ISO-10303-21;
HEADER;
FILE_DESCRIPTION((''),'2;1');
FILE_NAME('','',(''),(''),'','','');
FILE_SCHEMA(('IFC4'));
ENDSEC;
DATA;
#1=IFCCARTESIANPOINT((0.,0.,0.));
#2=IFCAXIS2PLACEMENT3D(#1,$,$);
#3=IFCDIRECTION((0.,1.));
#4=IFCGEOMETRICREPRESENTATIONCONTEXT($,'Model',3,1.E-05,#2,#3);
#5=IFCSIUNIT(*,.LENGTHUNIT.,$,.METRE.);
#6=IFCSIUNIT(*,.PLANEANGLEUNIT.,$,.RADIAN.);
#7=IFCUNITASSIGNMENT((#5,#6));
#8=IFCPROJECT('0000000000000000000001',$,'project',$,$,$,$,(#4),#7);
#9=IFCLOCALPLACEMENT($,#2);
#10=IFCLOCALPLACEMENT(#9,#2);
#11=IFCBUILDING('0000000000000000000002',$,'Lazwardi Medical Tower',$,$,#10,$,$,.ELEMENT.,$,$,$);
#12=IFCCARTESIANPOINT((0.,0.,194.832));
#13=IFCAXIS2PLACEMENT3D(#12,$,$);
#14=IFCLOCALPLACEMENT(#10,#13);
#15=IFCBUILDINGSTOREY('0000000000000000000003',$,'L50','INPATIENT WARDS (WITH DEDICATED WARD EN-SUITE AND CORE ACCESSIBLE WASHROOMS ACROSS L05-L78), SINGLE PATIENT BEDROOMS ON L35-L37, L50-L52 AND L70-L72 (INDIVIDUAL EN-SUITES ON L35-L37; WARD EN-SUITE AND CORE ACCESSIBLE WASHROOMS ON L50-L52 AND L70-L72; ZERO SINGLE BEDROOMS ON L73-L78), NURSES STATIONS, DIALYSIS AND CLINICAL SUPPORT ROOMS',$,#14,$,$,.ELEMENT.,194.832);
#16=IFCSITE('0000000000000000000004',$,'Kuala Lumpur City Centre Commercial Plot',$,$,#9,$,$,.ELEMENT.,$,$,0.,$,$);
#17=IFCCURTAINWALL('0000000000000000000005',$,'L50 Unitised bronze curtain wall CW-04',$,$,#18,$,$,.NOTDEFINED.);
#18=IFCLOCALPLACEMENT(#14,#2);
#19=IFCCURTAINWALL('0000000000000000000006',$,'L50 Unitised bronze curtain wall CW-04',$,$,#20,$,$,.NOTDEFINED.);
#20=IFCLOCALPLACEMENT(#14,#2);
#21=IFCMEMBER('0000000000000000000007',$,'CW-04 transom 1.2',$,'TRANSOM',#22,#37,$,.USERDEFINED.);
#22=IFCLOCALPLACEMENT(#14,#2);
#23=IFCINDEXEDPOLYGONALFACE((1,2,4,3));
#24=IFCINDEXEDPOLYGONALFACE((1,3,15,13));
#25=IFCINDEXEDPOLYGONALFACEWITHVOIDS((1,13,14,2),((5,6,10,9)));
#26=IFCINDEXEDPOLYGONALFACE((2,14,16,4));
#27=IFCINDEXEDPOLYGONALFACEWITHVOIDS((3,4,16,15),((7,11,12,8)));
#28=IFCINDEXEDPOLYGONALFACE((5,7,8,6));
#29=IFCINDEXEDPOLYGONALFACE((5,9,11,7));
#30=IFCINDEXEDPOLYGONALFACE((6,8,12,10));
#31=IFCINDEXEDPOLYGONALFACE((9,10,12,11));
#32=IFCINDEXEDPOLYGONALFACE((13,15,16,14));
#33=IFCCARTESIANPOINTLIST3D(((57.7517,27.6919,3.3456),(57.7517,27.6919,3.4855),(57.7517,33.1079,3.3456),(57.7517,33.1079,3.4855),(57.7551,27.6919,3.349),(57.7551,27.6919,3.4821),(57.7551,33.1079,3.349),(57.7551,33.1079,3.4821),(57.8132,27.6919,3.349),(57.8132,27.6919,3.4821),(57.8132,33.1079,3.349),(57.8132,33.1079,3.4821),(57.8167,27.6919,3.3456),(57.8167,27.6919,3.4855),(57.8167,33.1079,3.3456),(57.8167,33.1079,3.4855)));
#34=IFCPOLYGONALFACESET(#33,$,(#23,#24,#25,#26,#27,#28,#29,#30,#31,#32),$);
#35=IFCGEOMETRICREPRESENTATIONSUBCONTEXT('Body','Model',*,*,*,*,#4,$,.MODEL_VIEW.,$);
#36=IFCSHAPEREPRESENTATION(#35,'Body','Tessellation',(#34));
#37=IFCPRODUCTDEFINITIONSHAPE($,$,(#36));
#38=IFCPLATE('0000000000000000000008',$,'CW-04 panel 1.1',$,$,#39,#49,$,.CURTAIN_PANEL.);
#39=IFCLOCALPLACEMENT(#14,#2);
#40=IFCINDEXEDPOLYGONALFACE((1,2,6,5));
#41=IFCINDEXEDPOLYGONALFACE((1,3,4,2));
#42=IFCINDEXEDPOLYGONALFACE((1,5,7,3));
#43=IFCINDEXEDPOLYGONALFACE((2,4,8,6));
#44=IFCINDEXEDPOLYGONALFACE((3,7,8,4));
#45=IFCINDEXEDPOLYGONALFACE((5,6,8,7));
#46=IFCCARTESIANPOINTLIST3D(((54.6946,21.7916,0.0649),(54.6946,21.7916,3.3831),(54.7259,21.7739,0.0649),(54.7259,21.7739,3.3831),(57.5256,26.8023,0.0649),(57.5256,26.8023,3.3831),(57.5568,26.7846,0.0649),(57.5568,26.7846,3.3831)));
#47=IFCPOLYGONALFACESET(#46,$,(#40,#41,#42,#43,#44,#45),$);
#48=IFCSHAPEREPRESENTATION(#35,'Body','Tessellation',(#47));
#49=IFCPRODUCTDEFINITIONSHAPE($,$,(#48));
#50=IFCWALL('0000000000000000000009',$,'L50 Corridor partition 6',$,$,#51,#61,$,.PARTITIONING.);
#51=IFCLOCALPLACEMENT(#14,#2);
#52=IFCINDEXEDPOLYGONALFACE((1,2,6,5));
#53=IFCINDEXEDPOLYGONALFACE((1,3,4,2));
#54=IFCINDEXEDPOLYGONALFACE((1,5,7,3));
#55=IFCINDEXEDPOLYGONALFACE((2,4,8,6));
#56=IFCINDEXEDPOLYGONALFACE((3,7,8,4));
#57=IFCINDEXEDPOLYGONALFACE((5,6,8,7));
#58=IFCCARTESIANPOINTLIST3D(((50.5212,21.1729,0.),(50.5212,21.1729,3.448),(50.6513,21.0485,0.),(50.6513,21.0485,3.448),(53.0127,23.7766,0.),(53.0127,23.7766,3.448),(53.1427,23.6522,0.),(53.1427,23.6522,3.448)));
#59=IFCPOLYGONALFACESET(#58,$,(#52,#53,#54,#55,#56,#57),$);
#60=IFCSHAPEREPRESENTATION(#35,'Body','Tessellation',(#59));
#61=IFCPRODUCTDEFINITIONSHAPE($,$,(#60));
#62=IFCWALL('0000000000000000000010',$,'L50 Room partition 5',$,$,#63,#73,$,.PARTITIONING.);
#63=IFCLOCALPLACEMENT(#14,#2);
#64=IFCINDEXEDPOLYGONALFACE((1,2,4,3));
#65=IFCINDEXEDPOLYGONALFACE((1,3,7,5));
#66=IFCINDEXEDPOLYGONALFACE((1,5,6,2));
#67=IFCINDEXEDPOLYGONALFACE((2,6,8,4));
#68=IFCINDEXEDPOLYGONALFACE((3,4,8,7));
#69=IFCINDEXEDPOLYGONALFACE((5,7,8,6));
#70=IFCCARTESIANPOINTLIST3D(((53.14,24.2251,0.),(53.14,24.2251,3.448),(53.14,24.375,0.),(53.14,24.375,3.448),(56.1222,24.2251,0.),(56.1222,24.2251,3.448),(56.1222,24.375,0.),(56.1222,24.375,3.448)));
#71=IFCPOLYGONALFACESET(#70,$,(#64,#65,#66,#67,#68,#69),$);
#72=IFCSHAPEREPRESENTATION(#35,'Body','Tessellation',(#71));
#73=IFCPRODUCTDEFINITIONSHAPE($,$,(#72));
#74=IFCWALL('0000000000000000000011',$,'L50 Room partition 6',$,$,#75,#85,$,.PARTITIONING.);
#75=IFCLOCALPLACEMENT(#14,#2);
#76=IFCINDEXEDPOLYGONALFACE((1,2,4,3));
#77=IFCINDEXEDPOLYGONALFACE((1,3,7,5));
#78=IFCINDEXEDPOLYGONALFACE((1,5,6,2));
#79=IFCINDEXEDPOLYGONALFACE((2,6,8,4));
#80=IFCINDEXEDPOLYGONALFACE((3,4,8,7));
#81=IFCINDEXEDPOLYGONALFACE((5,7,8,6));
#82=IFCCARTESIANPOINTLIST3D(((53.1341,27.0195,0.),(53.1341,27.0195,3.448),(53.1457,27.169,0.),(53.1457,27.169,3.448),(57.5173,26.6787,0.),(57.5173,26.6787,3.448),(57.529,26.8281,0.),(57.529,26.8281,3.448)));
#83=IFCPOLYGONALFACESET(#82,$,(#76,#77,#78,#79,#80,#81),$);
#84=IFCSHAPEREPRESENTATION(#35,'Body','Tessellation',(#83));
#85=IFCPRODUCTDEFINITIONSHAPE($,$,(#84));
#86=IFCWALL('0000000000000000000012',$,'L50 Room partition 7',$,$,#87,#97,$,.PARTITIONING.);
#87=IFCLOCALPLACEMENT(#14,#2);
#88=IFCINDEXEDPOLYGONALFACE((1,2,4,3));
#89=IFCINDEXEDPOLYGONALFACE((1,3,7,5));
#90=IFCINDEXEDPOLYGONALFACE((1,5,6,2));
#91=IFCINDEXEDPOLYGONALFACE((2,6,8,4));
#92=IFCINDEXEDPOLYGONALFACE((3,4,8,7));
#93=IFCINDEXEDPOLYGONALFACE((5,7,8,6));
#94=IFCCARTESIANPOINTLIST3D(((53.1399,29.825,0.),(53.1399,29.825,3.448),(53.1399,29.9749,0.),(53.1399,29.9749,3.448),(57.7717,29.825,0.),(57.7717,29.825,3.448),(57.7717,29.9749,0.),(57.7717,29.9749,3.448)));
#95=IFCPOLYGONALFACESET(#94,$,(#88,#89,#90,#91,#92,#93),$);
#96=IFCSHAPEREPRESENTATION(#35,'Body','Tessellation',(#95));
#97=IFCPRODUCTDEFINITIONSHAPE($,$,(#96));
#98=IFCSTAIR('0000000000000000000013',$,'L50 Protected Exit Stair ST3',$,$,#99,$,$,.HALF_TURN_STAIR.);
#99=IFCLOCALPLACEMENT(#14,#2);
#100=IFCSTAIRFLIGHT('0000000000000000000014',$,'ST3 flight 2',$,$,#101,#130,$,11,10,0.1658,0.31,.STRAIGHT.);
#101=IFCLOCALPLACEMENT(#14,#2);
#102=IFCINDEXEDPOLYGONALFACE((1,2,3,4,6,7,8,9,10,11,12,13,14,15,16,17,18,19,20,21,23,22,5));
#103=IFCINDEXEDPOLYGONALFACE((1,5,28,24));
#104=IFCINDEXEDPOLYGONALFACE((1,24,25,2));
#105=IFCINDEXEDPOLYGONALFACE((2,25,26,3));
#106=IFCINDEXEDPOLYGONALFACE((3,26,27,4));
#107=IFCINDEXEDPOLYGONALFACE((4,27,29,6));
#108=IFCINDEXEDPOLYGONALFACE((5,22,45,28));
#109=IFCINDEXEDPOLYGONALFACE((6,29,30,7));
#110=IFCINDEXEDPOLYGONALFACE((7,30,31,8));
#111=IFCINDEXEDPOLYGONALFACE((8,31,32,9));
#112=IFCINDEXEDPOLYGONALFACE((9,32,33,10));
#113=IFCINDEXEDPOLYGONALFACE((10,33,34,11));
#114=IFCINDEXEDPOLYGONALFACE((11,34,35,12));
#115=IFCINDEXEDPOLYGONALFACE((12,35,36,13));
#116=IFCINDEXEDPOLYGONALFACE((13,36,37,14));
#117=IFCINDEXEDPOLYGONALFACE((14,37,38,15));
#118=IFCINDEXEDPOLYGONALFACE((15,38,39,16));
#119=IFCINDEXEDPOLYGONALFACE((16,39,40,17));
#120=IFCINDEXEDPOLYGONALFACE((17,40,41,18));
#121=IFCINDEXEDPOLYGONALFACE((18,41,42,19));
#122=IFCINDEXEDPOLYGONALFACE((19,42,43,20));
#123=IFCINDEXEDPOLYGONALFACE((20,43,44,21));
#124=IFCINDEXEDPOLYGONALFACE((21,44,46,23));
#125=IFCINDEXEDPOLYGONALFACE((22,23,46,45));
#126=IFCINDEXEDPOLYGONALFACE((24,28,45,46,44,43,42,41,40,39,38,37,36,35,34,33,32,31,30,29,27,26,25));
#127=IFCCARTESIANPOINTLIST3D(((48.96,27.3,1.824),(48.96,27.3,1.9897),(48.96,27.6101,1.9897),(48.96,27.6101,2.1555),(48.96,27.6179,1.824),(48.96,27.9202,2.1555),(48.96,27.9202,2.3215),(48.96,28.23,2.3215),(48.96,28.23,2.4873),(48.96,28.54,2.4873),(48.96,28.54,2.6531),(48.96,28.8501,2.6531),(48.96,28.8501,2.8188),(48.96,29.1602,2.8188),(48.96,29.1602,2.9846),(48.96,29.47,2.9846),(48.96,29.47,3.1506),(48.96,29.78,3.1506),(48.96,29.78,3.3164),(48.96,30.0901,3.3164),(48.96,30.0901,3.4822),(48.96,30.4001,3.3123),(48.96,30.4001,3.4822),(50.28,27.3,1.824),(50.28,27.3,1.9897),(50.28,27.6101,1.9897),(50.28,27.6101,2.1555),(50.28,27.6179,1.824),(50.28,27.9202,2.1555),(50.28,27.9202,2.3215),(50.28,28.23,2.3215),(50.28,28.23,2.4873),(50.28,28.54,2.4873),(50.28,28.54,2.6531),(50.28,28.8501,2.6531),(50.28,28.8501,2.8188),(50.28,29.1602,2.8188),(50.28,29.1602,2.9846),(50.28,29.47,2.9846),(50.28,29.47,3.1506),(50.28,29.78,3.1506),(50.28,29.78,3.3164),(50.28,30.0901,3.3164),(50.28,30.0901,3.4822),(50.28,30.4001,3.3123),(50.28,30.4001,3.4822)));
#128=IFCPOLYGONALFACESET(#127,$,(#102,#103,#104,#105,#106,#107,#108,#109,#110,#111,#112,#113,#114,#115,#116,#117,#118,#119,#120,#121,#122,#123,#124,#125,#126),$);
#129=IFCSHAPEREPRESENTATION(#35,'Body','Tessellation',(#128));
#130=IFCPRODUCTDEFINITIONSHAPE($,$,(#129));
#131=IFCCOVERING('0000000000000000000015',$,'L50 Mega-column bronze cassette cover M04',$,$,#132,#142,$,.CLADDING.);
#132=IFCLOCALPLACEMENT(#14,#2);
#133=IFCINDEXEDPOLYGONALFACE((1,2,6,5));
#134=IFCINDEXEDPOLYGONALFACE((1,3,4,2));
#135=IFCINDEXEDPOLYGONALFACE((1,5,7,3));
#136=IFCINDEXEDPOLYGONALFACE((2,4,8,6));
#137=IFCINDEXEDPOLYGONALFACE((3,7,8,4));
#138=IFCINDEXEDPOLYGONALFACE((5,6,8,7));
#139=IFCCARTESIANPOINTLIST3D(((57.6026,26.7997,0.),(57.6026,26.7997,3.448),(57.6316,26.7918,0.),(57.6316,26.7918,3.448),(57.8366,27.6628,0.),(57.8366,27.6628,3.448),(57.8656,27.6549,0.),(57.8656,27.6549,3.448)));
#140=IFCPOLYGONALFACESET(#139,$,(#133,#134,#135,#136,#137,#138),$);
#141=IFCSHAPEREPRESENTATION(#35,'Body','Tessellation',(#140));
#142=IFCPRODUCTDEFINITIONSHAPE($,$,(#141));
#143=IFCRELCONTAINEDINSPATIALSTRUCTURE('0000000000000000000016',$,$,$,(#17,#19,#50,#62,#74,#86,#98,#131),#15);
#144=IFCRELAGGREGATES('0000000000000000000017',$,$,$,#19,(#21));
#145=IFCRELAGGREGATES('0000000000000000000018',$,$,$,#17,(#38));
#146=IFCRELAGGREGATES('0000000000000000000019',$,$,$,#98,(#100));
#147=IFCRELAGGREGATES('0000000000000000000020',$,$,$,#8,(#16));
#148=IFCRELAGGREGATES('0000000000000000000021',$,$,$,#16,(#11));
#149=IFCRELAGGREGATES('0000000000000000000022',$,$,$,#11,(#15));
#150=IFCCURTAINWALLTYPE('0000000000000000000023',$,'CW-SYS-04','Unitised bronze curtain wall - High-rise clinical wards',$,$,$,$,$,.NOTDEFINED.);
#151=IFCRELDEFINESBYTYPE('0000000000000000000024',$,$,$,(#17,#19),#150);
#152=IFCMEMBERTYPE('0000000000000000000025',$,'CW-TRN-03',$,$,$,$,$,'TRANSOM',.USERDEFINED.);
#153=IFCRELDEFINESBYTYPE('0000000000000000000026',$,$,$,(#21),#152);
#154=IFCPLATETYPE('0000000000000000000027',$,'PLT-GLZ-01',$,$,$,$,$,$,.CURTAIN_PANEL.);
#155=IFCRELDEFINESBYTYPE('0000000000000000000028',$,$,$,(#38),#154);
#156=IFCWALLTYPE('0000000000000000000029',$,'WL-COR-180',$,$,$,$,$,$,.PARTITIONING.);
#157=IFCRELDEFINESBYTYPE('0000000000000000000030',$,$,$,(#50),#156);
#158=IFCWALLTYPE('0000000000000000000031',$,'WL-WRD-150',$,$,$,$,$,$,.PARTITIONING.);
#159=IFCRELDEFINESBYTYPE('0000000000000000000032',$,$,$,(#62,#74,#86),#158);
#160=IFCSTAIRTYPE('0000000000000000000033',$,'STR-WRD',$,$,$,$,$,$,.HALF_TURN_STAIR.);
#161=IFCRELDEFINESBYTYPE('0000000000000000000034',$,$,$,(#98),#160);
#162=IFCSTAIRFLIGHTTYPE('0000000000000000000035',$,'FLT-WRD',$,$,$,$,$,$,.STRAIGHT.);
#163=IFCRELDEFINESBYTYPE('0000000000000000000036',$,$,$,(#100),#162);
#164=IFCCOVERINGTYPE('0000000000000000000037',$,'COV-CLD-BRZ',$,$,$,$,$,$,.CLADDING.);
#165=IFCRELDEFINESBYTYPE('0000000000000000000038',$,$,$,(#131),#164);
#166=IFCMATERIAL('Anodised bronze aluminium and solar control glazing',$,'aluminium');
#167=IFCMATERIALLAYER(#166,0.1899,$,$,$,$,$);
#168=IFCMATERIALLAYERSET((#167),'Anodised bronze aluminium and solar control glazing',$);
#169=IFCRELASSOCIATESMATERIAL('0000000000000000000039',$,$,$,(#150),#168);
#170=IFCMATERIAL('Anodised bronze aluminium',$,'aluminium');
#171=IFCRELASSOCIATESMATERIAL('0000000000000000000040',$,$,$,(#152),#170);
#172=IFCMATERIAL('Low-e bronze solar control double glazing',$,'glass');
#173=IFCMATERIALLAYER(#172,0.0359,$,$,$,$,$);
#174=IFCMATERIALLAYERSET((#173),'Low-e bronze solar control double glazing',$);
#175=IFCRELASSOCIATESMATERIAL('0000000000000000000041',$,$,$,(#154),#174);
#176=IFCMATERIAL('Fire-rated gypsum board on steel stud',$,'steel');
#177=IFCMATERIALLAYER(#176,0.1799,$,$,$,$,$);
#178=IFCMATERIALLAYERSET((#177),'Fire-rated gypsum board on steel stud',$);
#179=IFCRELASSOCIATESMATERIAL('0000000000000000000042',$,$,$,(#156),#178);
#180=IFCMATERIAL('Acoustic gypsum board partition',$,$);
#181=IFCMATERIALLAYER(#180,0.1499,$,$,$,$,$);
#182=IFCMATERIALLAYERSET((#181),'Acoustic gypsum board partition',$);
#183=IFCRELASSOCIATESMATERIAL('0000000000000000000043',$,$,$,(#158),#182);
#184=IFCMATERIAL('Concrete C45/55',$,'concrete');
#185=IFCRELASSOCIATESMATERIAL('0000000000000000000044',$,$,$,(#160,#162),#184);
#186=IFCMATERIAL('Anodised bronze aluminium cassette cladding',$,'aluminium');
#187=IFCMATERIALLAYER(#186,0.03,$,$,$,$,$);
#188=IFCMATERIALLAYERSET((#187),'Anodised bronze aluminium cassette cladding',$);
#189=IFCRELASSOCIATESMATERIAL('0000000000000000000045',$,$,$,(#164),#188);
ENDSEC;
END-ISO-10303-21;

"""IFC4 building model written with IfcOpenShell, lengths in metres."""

from ifc_helpers import new_model, si_unit, direction, frame, frame_2d, origin, origin_2d, place, context, subcontext, project, spatial, polyline, rectangle, hollow_rectangle, outline, extrude, material, layer, layer_set, material_profile, profile_set, type_object, element, aggregate, save


model = new_model("IFC4")

# Units and contexts
model_context = context("Model", 3, precision=1e-05, world=origin(), true_north=direction((0.0, 1.0)))
body_context = subcontext(model_context, "Body", "Model", "MODEL_VIEW")
ifc_project = project(units=[si_unit("LENGTHUNIT", "METRE"), si_unit("PLANEANGLEUNIT", "RADIAN")], contexts=[model_context])

# Site, building, storey
site_placement = place(None, origin())
site = spatial("IfcSite", under=ifc_project, at=site_placement, Name="Kuala Lumpur City Centre Commercial Plot", CompositionType="ELEMENT", RefElevation=0.0)
building_placement = place(site_placement, origin())
building = spatial("IfcBuilding", under=site, at=building_placement, Name="Lazwardi Medical Tower", CompositionType="ELEMENT")
storey_placement = place(building_placement, frame((0.0, 0.0, 194.832)))
storey = spatial("IfcBuildingStorey", under=building, at=storey_placement, Name="L50", Description="INPATIENT WARDS (WITH DEDICATED WARD EN-SUITE AND CORE ACCESSIBLE WASHROOMS ACROSS L05-L78), SINGLE PATIENT BEDROOMS ON L35-L37, L50-L52 AND L70-L72 (INDIVIDUAL EN-SUITES ON L35-L37; WARD EN-SUITE AND CORE ACCESSIBLE WASHROOMS ON L50-L52 AND L70-L72; ZERO SINGLE BEDROOMS ON L73-L78), NURSES STATIONS, DIALYSIS AND CLINICAL SUPPORT ROOMS", CompositionType="ELEMENT", Elevation=194.832)

# Curtain wall
ifc_material_1 = material(Name="Anodised bronze aluminium and solar control glazing", Category="aluminium")
ifc_layer_1 = layer(ifc_material_1, 0.1899)
ifc_layer_set_1 = layer_set([ifc_layer_1], Name="Anodised bronze aluminium and solar control glazing")
curtain_wall_type = type_object("IfcCurtainWallType", Name="CW-SYS-04", Description="Unitised bronze curtain wall - High-rise clinical wards", PredefinedType="NOTDEFINED", material=ifc_layer_set_1)
curtain_wall_1_placement = place(storey_placement, origin())
curtain_wall_1 = element("IfcCurtainWall", 1, at=curtain_wall_1_placement, inside=storey, type_object=curtain_wall_type, Name="L50 Unitised bronze curtain wall CW-04", PredefinedType="NOTDEFINED")
ifc_material_2 = material(Name="Anodised bronze aluminium", Category="aluminium")

# Curtain wall, member
curtain_wall_2_placement = place(storey_placement, origin())
curtain_wall_2 = element("IfcCurtainWall", 2, at=curtain_wall_2_placement, inside=storey, type_object=curtain_wall_type, Name="L50 Unitised bronze curtain wall CW-04", PredefinedType="NOTDEFINED")
ifc_material_profile_1 = material_profile(ifc_material_2, hollow_rectangle(XDim=0.0649, YDim=0.1399, WallThickness=0.0034, at=origin_2d()), Name="ALU-TRANSOM 140x65x3.5")
ifc_profile_set_1 = profile_set([ifc_material_profile_1], Name="Anodised bronze aluminium")
member_type_1 = type_object("IfcMemberType", Name="CW-TRN-03", ElementType="TRANSOM", PredefinedType="USERDEFINED", material=ifc_profile_set_1)
member_1_placement = place(storey_placement, frame((57.7842, 27.6919, 3.4155), z_axis=(0.0, 1.0, 0.0), x_axis=(-1.0, 0.0, 0.0)))
member_1 = element("IfcMember", 3, at=member_1_placement, type_object=member_type_1, Name="CW-04 transom 1.2", ObjectType="TRANSOM", PredefinedType="USERDEFINED", context=body_context, shape_type="SweptSolid", body=[
    extrude(hollow_rectangle(XDim=0.0649, YDim=0.1399, WallThickness=0.0034, at=origin_2d()), origin(), (0.0, 0.0, 1.0), 5.416),
])
aggregate(curtain_wall_2, [member_1])

# Plate
ifc_material_3 = material(Name="Low-e bronze solar control double glazing", Category="glass")
ifc_layer_2 = layer(ifc_material_3, 0.0359)
ifc_layer_set_2 = layer_set([ifc_layer_2], Name="Low-e bronze solar control double glazing")
plate_type = type_object("IfcPlateType", Name="PLT-GLZ-01", PredefinedType="CURTAIN_PANEL", material=ifc_layer_set_2)
plate_placement = place(storey_placement, frame((56.1257, 24.2881, 0.0649), z_axis=(0.0, 0.0, 1.0), x_axis=(0.4919, 0.870651, 0.0)))
plate = element("IfcPlate", 4, at=plate_placement, type_object=plate_type, Name="CW-04 panel 1.1", PredefinedType="CURTAIN_PANEL", context=body_context, shape_type="SweptSolid", body=[
    extrude(rectangle(XDim=5.7551, YDim=0.0359, at=origin_2d()), origin(), (0.0, 0.0, 1.0), 3.3181),
])
aggregate(curtain_wall_1, [plate])

# Walls
ifc_material_4 = material(Name="Fire-rated gypsum board on steel stud", Category="steel")
ifc_layer_3 = layer(ifc_material_4, 0.1799)
ifc_layer_set_3 = layer_set([ifc_layer_3], Name="Fire-rated gypsum board on steel stud")
wall_type_1 = type_object("IfcWallType", Name="WL-COR-180", PredefinedType="PARTITIONING", material=ifc_layer_set_3)
wall_1_placement = place(storey_placement, frame((53.0776, 23.7144, 0.0), z_axis=(0.0, 0.0, 1.0), x_axis=(-0.691353, -0.722517, 0.0)))
element("IfcWall", 5, at=wall_1_placement, inside=storey, type_object=wall_type_1, Name="L50 Corridor partition 6", PredefinedType="PARTITIONING", context=body_context, shape_type="SweptSolid", body=[
    extrude(rectangle(XDim=3.6038, YDim=0.1799, at=frame_2d((1.8018, 0.0))), origin(), (0.0, 0.0, 1.0), 3.448),
])
ifc_material_5 = material(Name="Acoustic gypsum board partition")
ifc_layer_4 = layer(ifc_material_5, 0.1499)
ifc_layer_set_4 = layer_set([ifc_layer_4], Name="Acoustic gypsum board partition")
wall_type_2 = type_object("IfcWallType", Name="WL-WRD-150", PredefinedType="PARTITIONING", material=ifc_layer_set_4)
wall_2_placement = place(storey_placement, frame((53.1399, 24.3, 0.0), z_axis=(0.0, 0.0, 1.0), x_axis=(1.0, 0.0, 0.0)))
element("IfcWall", 6, at=wall_2_placement, inside=storey, type_object=wall_type_2, Name="L50 Room partition 5", PredefinedType="PARTITIONING", context=body_context, shape_type="SweptSolid", body=[
    extrude(rectangle(XDim=2.9822, YDim=0.1499, at=frame_2d((1.4912, 0.0))), origin(), (0.0, 0.0, 1.0), 3.448),
])
wall_3_placement = place(storey_placement, frame((53.1399, 27.0942, 0.0), z_axis=(0.0, 0.0, 1.0), x_axis=(0.996991, -0.07752, 0.0)))
element("IfcWall", 7, at=wall_3_placement, inside=storey, type_object=wall_type_2, Name="L50 Room partition 6", PredefinedType="PARTITIONING", context=body_context, shape_type="SweptSolid", body=[
    extrude(rectangle(XDim=4.3965, YDim=0.1499, at=frame_2d((2.1982, 0.0))), origin(), (0.0, 0.0, 1.0), 3.448),
])
wall_4_placement = place(storey_placement, frame((53.1399, 29.8999, 0.0), z_axis=(0.0, 0.0, 1.0), x_axis=(1.0, 0.0, 0.0)))
element("IfcWall", 8, at=wall_4_placement, inside=storey, type_object=wall_type_2, Name="L50 Room partition 7", PredefinedType="PARTITIONING", context=body_context, shape_type="SweptSolid", body=[
    extrude(rectangle(XDim=4.6318, YDim=0.1499, at=frame_2d((2.3159, 0.0))), origin(), (0.0, 0.0, 1.0), 3.448),
])

# Stair, stair flight
ifc_material_6 = material(Name="Concrete C45/55", Category="concrete")
stair_type = type_object("IfcStairType", Name="STR-WRD", PredefinedType="HALF_TURN_STAIR", material=ifc_material_6)
stair_placement = place(storey_placement, origin())
stair = element("IfcStair", 9, at=stair_placement, inside=storey, type_object=stair_type, Name="L50 Protected Exit Stair ST3", PredefinedType="HALF_TURN_STAIR")
stair_flight_type = type_object("IfcStairFlightType", Name="FLT-WRD", PredefinedType="STRAIGHT", material=ifc_material_6)
stair_flight_placement = place(storey_placement, frame((49.6201, 27.3, 1.824), z_axis=(0.0, 0.0, 1.0), x_axis=(0.0, 1.0, 0.0)))
stair_flight = element("IfcStairFlight", 10, at=stair_flight_placement, type_object=stair_flight_type, Name="ST3 flight 2", NumberOfRisers=11, NumberOfTreads=10, PredefinedType="STRAIGHT", RiserHeight=0.1658, TreadLength=0.31, context=body_context, shape_type="SweptSolid", body=[
    extrude(outline(polyline([(0.0, 0.0), (0.0, 0.1658), (0.3101, 0.1658), (0.3101, 0.3315), (0.6201, 0.3315), (0.6201, 0.4976), (0.9299, 0.4976), (0.9299, 0.6633), (1.24, 0.6633), (1.24, 0.8291), (1.55, 0.8291), (1.55, 0.9949), (1.8601, 0.9949), (1.8601, 1.1606), (2.1699, 1.1606), (2.1699, 1.3267), (2.48, 1.3267), (2.48, 1.4924), (2.79, 1.4924), (2.79, 1.6582), (3.1001, 1.6582), (3.1001, 1.824), (3.1001, 1.4883), (0.3179, 0.0), (0.0, 0.0)])), frame((0.0, 0.6602, 0.0), z_axis=(0.0, -1.0, 0.0), x_axis=(1.0, 0.0, 0.0)), (0.0, 0.0, 1.0), 1.3201),
])
aggregate(stair, [stair_flight])

# Covering
ifc_material_7 = material(Name="Anodised bronze aluminium cassette cladding", Category="aluminium")
ifc_layer_5 = layer(ifc_material_7, 0.03)
ifc_layer_set_5 = layer_set([ifc_layer_5], Name="Anodised bronze aluminium cassette cladding")
covering_type = type_object("IfcCoveringType", Name="COV-CLD-BRZ", PredefinedType="CLADDING", material=ifc_layer_set_5)
covering_placement = place(storey_placement, frame((57.7341, 27.2273, 0.0), z_axis=(0.0, 0.0, 1.0), x_axis=(0.261642, 0.965165, 0.0)))
element("IfcCovering", 11, at=covering_placement, inside=storey, type_object=covering_type, Name="L50 Mega-column bronze cassette cover M04", PredefinedType="CLADDING", context=body_context, shape_type="SweptSolid", body=[
    extrude(rectangle(XDim=0.8943, YDim=0.03, at=origin_2d()), origin(), (0.0, 0.0, 1.0), 3.448),
])

save(model, "model.ifc")
